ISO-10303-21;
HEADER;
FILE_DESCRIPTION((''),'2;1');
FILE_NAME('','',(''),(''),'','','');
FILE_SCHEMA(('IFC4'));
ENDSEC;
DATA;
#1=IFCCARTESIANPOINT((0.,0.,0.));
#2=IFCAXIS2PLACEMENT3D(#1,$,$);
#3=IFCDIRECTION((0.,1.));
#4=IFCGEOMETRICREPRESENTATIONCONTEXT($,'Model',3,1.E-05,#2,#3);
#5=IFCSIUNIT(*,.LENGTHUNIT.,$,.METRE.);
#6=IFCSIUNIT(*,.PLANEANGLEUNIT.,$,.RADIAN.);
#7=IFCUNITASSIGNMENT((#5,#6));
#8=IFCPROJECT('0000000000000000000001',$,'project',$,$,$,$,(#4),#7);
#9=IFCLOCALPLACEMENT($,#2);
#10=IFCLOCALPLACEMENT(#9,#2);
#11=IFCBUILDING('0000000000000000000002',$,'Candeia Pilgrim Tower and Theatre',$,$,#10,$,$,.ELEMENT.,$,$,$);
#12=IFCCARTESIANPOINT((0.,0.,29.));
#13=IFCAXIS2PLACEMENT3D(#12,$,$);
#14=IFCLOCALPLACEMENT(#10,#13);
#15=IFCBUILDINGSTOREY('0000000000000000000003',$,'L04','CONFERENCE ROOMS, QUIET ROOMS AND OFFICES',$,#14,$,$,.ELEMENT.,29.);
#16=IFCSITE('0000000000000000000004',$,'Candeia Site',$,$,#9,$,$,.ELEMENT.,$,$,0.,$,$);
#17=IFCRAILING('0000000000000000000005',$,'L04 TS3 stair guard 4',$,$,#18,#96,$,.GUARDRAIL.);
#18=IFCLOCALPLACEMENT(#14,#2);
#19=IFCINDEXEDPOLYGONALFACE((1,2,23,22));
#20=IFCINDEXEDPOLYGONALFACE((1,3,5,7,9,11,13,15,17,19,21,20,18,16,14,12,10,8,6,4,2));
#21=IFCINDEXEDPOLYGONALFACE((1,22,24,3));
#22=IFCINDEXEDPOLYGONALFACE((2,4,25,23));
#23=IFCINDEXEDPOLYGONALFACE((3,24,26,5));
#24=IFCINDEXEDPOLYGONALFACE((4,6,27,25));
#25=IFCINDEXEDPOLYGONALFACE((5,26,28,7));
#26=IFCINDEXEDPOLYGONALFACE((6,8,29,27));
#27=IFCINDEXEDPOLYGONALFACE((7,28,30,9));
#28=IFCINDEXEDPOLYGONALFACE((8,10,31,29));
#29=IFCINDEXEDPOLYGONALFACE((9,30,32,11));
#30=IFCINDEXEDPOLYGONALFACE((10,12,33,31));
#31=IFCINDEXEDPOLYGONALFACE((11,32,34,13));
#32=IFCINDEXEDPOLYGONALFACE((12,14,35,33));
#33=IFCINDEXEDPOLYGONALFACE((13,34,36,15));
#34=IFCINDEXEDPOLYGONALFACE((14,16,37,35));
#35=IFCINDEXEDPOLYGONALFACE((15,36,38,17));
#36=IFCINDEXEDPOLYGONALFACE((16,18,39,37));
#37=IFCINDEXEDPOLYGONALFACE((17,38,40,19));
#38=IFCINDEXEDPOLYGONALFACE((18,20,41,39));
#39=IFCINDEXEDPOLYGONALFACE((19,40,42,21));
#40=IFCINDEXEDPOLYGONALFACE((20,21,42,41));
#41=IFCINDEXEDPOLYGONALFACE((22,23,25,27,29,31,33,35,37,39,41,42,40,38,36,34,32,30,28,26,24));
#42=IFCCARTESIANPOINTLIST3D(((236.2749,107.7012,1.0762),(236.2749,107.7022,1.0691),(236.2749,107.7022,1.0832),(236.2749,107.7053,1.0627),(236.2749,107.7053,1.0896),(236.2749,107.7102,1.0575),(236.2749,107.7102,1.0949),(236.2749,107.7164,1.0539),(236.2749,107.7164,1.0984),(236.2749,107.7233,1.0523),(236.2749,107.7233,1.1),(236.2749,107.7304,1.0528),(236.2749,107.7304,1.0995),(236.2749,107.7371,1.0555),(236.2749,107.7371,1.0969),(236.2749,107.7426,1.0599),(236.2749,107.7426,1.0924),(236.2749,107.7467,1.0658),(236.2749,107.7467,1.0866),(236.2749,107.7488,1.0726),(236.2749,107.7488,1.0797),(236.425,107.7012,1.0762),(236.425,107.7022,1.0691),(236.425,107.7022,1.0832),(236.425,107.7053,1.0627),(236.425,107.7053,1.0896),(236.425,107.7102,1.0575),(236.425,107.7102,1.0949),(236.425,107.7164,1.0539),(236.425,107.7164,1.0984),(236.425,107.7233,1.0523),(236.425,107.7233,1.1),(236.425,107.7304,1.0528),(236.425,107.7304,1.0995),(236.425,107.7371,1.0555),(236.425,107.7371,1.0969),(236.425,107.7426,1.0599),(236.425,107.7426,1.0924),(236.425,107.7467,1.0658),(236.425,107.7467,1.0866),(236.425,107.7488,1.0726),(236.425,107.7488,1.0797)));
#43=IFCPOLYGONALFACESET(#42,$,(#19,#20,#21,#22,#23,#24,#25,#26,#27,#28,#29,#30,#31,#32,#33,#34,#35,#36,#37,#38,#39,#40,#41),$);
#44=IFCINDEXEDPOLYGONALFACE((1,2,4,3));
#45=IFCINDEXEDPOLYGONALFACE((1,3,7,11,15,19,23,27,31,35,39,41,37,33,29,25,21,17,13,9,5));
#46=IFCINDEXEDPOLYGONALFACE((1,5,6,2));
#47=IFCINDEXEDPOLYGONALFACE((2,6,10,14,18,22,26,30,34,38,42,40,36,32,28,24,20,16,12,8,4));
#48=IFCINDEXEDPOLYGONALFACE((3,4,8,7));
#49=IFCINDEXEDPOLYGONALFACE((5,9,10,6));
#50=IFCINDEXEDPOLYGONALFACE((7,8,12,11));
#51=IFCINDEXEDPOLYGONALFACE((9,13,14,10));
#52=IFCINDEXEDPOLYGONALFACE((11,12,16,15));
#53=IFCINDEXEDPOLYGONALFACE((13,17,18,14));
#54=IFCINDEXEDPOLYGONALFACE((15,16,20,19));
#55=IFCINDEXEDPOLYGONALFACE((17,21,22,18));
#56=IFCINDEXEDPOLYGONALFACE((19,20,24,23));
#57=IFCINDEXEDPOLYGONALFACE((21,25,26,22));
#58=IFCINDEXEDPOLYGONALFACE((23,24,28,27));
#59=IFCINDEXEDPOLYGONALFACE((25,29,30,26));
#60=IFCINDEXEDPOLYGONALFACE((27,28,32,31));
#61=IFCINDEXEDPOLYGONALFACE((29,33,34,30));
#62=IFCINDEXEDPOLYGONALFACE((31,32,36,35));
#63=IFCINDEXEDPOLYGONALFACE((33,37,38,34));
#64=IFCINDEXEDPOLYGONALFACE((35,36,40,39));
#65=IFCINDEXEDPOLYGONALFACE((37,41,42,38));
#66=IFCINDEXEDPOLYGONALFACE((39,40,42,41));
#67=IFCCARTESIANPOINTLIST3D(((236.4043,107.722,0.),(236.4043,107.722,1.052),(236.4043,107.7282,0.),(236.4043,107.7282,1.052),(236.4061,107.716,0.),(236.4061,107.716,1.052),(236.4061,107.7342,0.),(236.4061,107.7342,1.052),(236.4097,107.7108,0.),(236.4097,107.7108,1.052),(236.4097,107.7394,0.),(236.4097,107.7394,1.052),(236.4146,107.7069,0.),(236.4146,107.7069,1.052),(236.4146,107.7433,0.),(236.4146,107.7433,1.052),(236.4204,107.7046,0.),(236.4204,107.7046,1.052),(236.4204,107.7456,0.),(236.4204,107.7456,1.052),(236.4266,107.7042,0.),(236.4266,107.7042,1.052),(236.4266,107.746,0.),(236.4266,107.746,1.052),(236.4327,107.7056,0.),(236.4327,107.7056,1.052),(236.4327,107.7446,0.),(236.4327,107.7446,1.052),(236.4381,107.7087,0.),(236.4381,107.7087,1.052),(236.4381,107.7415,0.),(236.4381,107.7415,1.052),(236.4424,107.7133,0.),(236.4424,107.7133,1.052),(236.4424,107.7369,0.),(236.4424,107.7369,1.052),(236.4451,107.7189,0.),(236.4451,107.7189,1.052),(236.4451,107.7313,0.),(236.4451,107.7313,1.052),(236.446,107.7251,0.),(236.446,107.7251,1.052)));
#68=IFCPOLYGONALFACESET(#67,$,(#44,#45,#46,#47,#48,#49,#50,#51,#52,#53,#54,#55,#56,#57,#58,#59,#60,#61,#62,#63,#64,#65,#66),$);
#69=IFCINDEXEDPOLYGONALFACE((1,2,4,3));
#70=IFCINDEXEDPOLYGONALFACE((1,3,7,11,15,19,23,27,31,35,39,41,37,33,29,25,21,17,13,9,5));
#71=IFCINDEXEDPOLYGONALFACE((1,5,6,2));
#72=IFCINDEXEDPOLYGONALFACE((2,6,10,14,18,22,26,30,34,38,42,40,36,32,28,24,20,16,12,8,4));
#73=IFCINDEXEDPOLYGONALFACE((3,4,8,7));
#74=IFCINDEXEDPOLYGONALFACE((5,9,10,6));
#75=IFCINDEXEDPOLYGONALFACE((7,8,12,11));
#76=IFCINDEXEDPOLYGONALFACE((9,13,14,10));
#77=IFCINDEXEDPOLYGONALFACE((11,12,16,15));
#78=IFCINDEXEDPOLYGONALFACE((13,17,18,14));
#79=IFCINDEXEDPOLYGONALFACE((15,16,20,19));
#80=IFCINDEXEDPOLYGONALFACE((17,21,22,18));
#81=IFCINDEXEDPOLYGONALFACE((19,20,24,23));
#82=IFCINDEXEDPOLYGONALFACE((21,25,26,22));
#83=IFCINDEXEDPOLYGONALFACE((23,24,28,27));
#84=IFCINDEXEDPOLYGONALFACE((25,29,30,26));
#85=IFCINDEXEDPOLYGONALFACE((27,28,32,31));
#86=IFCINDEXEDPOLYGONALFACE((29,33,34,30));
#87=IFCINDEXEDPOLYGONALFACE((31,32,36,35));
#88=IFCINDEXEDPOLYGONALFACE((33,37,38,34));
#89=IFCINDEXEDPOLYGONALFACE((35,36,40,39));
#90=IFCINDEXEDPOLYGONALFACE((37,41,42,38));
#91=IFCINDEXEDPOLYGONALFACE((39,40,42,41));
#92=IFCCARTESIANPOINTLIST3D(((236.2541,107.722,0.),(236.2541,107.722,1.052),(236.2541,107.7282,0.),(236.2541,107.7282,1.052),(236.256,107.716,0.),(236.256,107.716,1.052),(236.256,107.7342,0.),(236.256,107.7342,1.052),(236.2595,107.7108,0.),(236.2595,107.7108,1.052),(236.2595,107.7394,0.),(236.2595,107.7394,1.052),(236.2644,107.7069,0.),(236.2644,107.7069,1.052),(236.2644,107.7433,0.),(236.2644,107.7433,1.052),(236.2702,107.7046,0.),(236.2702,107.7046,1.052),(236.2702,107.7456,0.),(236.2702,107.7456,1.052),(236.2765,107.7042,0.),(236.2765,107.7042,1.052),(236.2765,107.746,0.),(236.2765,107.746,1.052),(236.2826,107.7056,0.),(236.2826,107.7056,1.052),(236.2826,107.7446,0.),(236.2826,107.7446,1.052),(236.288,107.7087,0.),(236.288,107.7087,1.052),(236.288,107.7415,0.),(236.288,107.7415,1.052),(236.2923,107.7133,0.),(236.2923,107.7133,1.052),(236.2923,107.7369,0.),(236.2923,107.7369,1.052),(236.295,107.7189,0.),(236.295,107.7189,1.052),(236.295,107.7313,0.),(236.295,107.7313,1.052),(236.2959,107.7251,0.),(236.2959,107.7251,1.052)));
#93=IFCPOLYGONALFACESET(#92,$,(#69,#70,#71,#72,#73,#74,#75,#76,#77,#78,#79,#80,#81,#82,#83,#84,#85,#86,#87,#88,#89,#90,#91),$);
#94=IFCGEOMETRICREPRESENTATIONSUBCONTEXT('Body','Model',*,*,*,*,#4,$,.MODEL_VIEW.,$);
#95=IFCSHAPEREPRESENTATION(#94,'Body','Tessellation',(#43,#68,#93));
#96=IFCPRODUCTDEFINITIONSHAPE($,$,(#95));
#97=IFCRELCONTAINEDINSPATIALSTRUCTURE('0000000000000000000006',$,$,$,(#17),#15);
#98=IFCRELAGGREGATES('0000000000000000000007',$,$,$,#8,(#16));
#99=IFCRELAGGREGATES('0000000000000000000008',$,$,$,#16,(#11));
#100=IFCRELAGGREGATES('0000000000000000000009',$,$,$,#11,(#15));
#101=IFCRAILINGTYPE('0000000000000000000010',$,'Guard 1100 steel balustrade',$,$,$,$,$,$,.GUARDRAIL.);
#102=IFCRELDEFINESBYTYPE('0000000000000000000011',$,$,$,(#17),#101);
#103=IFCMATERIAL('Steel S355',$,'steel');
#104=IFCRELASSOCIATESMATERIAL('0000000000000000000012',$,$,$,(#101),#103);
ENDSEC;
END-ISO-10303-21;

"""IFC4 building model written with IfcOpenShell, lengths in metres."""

from ifc_helpers import new_model, si_unit, direction, frame, origin, origin_2d, place, context, subcontext, project, spatial, circle, extrude, material, type_object, element, save


model = new_model("IFC4")

# Units and contexts
model_context = context("Model", 3, precision=1e-05, world=origin(), true_north=direction((0.0, 1.0)))
body_context = subcontext(model_context, "Body", "Model", "MODEL_VIEW")
ifc_project = project(units=[si_unit("LENGTHUNIT", "METRE"), si_unit("PLANEANGLEUNIT", "RADIAN")], contexts=[model_context])

# Site, building, storey
site_placement = place(None, origin())
site = spatial("IfcSite", under=ifc_project, at=site_placement, Name="Candeia Site", CompositionType="ELEMENT", RefElevation=0.0)
building_placement = place(site_placement, origin())
building = spatial("IfcBuilding", under=site, at=building_placement, Name="Candeia Pilgrim Tower and Theatre", CompositionType="ELEMENT")
storey_placement = place(building_placement, frame((0.0, 0.0, 29.0)))
storey = spatial("IfcBuildingStorey", under=building, at=storey_placement, Name="L04", Description="CONFERENCE ROOMS, QUIET ROOMS AND OFFICES", CompositionType="ELEMENT", Elevation=29.0)

# Railing
ifc_material_1 = material(Name="Steel S355", Category="steel")
railing_type_1 = type_object("IfcRailingType", Name="Guard 1100 steel balustrade", PredefinedType="GUARDRAIL", material=ifc_material_1)
railing_1_placement = place(storey_placement, frame((236.425, 107.7251, 0.0)))
element("IfcRailing", 1, at=railing_1_placement, inside=storey, type_object=railing_type_1, Name="L04 TS3 stair guard 4", PredefinedType="GUARDRAIL", context=body_context, shape_type="SweptSolid", body=[
    extrude(circle(Radius=0.0239, at=origin_2d()), frame((0.0, 0.0, 1.0762), z_axis=(-1.0, 0.0, 0.0), x_axis=(0.0, -1.0, 0.0)), (0.0, 0.0, 1.0), 0.1501),
    extrude(circle(Radius=0.021, at=origin_2d()), origin(), (0.0, 0.0, 1.0), 1.052),
    extrude(circle(Radius=0.021, at=origin_2d()), frame((-0.1501, 0.0, 0.0)), (0.0, 0.0, 1.0), 1.052),
])

save(model, "model.ifc")
